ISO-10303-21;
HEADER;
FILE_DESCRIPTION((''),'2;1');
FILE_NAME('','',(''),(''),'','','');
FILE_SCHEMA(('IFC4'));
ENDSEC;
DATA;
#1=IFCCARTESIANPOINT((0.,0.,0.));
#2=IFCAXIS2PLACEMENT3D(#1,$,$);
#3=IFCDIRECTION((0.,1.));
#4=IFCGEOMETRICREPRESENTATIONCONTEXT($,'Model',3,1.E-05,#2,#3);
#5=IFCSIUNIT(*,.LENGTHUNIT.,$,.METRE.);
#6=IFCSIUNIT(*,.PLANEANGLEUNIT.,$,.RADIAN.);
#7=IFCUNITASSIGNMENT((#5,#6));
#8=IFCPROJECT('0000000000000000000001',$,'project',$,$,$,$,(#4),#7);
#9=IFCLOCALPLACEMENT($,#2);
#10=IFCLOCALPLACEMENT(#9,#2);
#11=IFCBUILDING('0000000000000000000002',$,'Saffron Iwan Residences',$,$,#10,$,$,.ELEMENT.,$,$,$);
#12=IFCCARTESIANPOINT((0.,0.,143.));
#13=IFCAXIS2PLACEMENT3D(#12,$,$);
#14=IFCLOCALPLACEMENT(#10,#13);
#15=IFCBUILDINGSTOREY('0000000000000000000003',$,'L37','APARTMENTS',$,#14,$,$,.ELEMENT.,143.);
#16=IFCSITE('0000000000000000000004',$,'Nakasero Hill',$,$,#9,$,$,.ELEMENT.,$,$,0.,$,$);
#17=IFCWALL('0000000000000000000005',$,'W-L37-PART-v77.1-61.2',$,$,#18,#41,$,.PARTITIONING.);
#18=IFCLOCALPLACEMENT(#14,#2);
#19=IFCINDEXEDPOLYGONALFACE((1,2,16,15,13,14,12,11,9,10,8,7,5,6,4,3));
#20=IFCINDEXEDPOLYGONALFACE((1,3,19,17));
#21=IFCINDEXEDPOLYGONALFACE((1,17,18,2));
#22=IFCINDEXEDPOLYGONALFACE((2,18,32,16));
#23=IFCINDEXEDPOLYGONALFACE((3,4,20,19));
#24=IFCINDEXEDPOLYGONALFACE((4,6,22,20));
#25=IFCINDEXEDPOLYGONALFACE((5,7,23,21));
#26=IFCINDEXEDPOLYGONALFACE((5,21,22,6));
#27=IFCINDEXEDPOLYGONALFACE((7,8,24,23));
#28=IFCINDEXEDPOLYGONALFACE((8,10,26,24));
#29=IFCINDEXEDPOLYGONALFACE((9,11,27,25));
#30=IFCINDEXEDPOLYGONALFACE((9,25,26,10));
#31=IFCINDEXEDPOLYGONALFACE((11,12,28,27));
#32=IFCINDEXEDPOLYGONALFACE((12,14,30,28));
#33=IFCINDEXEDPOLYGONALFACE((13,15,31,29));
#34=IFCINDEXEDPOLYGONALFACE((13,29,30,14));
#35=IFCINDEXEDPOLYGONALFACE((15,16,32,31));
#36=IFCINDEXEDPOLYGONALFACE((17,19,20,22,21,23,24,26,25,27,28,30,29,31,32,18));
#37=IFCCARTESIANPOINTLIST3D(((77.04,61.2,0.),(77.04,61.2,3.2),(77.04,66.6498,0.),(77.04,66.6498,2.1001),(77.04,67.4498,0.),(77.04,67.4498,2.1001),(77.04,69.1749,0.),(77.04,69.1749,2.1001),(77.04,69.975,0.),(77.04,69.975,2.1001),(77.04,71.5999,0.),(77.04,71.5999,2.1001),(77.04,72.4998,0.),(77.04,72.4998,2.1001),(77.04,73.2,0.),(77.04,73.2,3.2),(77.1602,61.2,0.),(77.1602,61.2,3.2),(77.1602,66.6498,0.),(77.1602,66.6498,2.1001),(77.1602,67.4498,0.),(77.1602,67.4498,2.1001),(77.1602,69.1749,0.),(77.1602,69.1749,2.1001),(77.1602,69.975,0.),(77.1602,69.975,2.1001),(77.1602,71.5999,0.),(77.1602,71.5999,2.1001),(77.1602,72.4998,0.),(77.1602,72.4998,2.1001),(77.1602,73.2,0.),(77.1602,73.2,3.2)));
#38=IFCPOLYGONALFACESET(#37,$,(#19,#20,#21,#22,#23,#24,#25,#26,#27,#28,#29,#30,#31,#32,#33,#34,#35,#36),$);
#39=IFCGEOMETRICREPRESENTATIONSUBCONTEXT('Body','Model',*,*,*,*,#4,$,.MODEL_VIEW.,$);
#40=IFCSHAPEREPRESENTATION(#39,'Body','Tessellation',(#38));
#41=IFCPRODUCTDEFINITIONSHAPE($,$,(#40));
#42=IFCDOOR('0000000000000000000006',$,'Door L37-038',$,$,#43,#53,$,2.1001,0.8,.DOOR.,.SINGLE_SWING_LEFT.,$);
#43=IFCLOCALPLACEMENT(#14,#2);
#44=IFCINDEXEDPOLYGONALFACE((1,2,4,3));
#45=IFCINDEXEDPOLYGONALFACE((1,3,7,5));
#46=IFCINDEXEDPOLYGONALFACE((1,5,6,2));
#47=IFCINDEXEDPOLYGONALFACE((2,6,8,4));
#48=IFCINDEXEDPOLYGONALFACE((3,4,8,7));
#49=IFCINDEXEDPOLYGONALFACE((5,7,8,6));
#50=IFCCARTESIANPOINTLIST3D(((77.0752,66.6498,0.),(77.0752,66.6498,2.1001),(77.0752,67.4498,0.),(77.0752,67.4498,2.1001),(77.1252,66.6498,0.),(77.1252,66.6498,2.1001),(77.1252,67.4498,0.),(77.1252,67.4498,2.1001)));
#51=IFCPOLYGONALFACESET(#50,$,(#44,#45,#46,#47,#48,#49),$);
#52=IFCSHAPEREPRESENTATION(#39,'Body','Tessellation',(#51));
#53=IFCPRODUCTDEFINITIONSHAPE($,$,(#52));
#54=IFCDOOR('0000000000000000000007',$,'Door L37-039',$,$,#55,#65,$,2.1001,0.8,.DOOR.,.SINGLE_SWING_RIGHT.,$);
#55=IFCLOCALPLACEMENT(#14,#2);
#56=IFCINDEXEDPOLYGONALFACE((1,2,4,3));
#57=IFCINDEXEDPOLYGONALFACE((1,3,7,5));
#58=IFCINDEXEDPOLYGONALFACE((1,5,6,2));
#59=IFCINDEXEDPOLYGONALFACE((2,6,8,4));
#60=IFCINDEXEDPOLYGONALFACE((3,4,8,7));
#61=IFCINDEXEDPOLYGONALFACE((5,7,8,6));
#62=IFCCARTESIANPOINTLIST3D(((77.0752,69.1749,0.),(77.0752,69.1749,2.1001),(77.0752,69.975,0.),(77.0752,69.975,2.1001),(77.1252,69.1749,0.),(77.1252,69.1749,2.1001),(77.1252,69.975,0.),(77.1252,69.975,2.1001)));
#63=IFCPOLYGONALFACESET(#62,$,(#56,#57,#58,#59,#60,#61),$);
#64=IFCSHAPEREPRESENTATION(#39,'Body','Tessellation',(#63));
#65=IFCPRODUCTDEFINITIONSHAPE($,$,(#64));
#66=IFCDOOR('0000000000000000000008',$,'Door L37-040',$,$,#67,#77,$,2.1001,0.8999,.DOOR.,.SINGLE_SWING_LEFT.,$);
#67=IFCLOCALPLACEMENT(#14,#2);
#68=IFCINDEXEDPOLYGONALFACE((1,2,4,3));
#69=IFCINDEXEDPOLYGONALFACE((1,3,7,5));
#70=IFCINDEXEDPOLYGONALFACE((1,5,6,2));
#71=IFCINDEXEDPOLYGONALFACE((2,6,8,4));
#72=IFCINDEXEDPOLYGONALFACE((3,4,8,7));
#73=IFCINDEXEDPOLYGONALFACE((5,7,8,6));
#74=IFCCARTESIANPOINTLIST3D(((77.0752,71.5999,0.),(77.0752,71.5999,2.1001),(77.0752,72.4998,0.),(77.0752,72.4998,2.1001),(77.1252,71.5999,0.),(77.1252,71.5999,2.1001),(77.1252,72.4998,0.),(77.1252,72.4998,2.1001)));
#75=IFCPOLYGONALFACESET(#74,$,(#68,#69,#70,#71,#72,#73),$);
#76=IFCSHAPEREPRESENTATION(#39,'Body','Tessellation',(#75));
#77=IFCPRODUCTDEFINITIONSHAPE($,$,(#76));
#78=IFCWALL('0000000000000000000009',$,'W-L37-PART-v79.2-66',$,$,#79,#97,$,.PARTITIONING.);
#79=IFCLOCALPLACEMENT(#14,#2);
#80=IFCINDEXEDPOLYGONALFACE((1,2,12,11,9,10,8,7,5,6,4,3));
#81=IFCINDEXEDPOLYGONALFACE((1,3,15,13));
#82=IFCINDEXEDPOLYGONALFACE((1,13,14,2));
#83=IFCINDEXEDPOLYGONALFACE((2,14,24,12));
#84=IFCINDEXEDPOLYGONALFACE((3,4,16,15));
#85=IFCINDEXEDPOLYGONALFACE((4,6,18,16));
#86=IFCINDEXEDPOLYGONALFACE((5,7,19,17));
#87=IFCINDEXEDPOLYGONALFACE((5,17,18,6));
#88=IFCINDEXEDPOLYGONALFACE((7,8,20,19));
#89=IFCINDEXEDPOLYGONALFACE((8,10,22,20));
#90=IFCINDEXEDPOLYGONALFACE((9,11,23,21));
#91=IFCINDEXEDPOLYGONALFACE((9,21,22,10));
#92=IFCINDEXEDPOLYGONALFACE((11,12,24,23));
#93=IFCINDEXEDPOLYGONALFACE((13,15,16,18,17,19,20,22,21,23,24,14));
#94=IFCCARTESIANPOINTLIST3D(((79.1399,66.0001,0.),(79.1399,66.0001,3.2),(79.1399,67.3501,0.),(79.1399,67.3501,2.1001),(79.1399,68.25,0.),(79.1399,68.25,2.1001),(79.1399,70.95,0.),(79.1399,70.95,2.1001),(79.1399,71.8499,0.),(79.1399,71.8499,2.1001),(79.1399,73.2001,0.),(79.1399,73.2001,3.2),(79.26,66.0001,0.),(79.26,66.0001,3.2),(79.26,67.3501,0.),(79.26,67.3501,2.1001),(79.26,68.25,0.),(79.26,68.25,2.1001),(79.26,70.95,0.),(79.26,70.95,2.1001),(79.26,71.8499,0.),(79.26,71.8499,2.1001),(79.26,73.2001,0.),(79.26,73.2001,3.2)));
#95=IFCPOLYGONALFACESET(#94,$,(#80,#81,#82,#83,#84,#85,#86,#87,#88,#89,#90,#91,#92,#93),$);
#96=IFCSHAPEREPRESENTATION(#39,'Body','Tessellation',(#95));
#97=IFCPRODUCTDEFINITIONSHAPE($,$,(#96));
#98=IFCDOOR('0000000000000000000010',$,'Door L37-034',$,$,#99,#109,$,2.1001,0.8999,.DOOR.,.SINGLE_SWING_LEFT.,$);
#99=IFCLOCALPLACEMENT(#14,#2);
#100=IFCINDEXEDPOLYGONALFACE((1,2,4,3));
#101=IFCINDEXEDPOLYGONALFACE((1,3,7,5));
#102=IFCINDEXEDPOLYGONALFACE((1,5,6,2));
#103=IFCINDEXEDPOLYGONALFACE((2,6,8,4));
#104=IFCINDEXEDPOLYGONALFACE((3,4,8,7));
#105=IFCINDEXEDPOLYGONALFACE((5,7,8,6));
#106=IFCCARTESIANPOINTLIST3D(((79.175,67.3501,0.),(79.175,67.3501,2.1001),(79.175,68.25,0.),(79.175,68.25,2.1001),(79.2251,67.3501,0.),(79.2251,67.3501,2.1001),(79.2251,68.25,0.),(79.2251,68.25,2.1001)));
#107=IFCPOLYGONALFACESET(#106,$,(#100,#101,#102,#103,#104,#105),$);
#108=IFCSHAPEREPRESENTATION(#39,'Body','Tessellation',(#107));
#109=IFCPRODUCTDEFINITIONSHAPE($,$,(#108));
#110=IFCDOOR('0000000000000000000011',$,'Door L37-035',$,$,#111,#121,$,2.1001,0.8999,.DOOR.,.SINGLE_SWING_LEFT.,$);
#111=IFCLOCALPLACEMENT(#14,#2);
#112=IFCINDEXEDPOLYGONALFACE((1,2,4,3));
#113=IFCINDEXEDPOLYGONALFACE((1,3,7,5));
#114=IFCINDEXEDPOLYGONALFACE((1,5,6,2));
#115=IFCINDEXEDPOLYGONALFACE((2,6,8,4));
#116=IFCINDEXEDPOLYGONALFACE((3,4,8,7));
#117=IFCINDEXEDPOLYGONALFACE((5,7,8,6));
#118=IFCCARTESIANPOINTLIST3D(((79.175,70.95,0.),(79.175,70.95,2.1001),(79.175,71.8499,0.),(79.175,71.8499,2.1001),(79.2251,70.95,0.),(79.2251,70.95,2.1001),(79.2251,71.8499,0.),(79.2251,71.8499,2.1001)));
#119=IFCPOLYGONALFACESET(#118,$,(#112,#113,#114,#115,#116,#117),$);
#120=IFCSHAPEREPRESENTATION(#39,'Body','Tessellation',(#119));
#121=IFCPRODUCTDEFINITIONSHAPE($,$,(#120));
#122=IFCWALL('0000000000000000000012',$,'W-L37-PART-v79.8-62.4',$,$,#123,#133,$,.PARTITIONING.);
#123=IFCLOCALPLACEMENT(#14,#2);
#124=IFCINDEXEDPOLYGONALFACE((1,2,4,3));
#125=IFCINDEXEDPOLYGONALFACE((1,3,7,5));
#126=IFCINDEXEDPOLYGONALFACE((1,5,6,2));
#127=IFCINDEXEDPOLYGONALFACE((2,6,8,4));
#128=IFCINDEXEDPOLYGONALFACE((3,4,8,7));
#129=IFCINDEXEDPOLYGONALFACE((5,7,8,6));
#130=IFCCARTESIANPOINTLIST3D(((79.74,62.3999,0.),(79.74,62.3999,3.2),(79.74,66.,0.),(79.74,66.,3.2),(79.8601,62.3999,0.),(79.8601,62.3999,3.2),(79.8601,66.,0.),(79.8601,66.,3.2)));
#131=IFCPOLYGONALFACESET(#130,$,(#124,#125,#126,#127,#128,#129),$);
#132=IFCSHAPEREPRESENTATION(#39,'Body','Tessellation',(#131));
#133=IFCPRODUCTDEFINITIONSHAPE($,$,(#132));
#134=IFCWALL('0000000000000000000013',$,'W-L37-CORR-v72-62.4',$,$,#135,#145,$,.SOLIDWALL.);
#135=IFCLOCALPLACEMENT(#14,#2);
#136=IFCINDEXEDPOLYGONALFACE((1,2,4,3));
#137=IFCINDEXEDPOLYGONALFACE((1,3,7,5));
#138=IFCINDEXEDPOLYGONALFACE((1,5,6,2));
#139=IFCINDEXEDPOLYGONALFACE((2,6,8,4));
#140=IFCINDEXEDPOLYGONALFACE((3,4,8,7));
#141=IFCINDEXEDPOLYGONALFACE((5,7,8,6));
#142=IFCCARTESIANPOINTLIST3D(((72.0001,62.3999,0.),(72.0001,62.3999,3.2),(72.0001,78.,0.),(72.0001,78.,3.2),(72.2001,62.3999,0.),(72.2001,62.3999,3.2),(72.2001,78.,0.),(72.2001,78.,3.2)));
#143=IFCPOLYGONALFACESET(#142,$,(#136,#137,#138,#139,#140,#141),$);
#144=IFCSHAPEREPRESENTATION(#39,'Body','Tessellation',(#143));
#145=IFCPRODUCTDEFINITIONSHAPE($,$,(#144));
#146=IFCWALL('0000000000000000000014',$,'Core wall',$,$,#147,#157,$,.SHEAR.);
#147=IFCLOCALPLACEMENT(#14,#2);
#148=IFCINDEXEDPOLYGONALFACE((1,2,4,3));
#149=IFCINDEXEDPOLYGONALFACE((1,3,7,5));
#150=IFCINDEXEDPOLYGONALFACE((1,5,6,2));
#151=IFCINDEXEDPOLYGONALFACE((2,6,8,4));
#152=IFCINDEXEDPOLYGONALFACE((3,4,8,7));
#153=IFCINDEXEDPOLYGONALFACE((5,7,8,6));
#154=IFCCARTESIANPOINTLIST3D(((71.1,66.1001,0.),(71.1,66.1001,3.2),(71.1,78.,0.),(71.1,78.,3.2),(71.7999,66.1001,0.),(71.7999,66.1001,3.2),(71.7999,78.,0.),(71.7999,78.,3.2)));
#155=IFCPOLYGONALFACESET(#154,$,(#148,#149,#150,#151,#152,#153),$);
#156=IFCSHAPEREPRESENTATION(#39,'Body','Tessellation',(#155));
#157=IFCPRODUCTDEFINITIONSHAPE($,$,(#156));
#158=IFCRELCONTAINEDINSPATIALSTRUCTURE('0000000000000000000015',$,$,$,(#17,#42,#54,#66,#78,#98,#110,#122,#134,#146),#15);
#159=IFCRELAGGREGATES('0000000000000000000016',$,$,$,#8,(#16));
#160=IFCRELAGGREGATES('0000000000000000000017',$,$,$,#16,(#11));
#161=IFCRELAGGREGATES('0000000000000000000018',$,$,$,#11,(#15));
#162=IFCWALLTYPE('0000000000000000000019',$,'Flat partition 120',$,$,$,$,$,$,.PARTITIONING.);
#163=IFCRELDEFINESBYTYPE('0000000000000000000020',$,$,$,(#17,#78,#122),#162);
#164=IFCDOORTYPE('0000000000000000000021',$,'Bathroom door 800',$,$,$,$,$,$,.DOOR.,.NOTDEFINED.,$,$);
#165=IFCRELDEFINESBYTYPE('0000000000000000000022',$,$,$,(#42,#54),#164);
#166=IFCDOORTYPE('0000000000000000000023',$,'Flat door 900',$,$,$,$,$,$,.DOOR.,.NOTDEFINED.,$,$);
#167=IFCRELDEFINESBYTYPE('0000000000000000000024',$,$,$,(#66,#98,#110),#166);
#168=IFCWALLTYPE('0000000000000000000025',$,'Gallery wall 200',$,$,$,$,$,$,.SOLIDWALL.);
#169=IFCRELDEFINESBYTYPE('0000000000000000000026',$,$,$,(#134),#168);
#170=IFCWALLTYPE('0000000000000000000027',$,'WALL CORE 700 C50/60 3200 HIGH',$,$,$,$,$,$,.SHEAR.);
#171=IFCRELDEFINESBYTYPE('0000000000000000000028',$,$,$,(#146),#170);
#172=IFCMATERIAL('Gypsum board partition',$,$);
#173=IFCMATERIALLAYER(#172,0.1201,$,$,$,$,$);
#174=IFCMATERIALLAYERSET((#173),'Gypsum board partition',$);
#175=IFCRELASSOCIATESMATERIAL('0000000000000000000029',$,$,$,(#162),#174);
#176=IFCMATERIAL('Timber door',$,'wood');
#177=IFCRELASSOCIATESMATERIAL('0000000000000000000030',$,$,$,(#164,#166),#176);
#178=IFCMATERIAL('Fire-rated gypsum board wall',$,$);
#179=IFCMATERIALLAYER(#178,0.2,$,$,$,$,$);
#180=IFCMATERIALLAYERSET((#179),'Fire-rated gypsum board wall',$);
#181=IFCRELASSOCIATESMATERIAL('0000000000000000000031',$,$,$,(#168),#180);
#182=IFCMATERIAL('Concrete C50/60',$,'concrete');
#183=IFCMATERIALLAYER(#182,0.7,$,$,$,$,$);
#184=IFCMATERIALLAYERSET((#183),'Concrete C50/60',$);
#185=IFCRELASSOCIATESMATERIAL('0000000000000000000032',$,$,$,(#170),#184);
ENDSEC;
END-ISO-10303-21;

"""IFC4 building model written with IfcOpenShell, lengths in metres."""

from ifc_helpers import new_model, si_unit, direction, frame, frame_2d, origin, place, context, subcontext, project, spatial, rectangle, extrude, material, layer, layer_set, type_object, element, fill, save


model = new_model("IFC4")

# Units and contexts
model_context = context("Model", 3, precision=1e-05, world=origin(), true_north=direction((0.0, 1.0)))
body_context = subcontext(model_context, "Body", "Model", "MODEL_VIEW")
ifc_project = project(units=[si_unit("LENGTHUNIT", "METRE"), si_unit("PLANEANGLEUNIT", "RADIAN")], contexts=[model_context])

# Site, building, storey
site_placement = place(None, origin())
site = spatial("IfcSite", under=ifc_project, at=site_placement, Name="Nakasero Hill", CompositionType="ELEMENT", RefElevation=0.0)
building_placement = place(site_placement, origin())
building = spatial("IfcBuilding", under=site, at=building_placement, Name="Saffron Iwan Residences", CompositionType="ELEMENT")
storey_placement = place(building_placement, frame((0.0, 0.0, 143.0)))
storey = spatial("IfcBuildingStorey", under=building, at=storey_placement, Name="L37", Description="APARTMENTS", CompositionType="ELEMENT", Elevation=143.0)

# Shared definitions
ifc_material_1 = material(Name="Concrete C50/60", Category="concrete")

# Shared definitions
ifc_material_2 = material(Name="Gypsum board partition")
ifc_layer_1 = layer(ifc_material_2, 0.1201)
ifc_layer_set_1 = layer_set([ifc_layer_1], Name="Gypsum board partition")
wall_type_1 = type_object("IfcWallType", Name="Flat partition 120", PredefinedType="PARTITIONING", material=ifc_layer_set_1)
ifc_material_3 = material(Name="Timber door", Category="wood")
door_type_1 = type_object("IfcDoorType", Name="Bathroom door 800", OperationType="NOTDEFINED", PredefinedType="DOOR", material=ifc_material_3)

# Walls, openings, doors
wall_1_placement = place(storey_placement, frame((77.1001, 61.2, 0.0), z_axis=(0.0, 0.0, 1.0), x_axis=(0.0, 1.0, 0.0)))
wall_1 = element("IfcWall", 1, at=wall_1_placement, inside=storey, type_object=wall_type_1, Name="W-L37-PART-v77.1-61.2", PredefinedType="PARTITIONING", context=body_context, shape_type="SweptSolid", body=[
    extrude(rectangle(XDim=12.0, YDim=0.1201, at=frame_2d((6.0, 0.0))), origin(), (0.0, 0.0, 1.0), 3.2),
])
opening_1_placement = place(wall_1_placement, frame((5.45, 0.0, 0.0)))
opening_1 = element("IfcOpeningElement", 2, at=opening_1_placement, cuts=wall_1, PredefinedType="OPENING", context=body_context, shape_type="SweptSolid", body=[
    extrude(rectangle(XDim=0.8, YDim=2.1001, at=frame_2d((0.3999, 1.05))), frame((0.0, 0.0701, 0.0), z_axis=(0.0, -1.0, 0.0), x_axis=(1.0, 0.0, 0.0)), (0.0, 0.0, 1.0), 0.1401),
])
opening_2_placement = place(wall_1_placement, frame((7.9751, 0.0, 0.0)))
opening_2 = element("IfcOpeningElement", 3, at=opening_2_placement, cuts=wall_1, PredefinedType="OPENING", context=body_context, shape_type="SweptSolid", body=[
    extrude(rectangle(XDim=0.8, YDim=2.1001, at=frame_2d((0.3999, 1.05))), frame((0.0, 0.0701, 0.0), z_axis=(0.0, -1.0, 0.0), x_axis=(1.0, 0.0, 0.0)), (0.0, 0.0, 1.0), 0.1401),
])
opening_3_placement = place(wall_1_placement, frame((10.3999, 0.0, 0.0)))
opening_3 = element("IfcOpeningElement", 4, at=opening_3_placement, cuts=wall_1, PredefinedType="OPENING", context=body_context, shape_type="SweptSolid", body=[
    extrude(rectangle(XDim=0.8999, YDim=2.1001, at=frame_2d((0.45, 1.05))), frame((0.0, 0.0701, 0.0), z_axis=(0.0, -1.0, 0.0), x_axis=(1.0, 0.0, 0.0)), (0.0, 0.0, 1.0), 0.1401),
])
door_1_placement = place(opening_1_placement, origin())
door_1 = element("IfcDoor", 5, at=door_1_placement, inside=storey, type_object=door_type_1, Name="Door L37-038", OperationType="SINGLE_SWING_LEFT", OverallHeight=2.1001, OverallWidth=0.8, PredefinedType="DOOR", context=body_context, shape_type="SweptSolid", body=[
    extrude(rectangle(XDim=0.8, YDim=2.1001, at=frame_2d((0.3999, 1.05))), frame((0.0, 0.0249, 0.0), z_axis=(0.0, -1.0, 0.0), x_axis=(1.0, 0.0, 0.0)), (0.0, 0.0, 1.0), 0.05),
])
fill(opening_1, door_1)
door_2_placement = place(opening_2_placement, origin())
door_2 = element("IfcDoor", 6, at=door_2_placement, inside=storey, type_object=door_type_1, Name="Door L37-039", OperationType="SINGLE_SWING_RIGHT", OverallHeight=2.1001, OverallWidth=0.8, PredefinedType="DOOR", context=body_context, shape_type="SweptSolid", body=[
    extrude(rectangle(XDim=0.8, YDim=2.1001, at=frame_2d((0.3999, 1.05))), frame((0.0, 0.0249, 0.0), z_axis=(0.0, -1.0, 0.0), x_axis=(1.0, 0.0, 0.0)), (0.0, 0.0, 1.0), 0.05),
])
fill(opening_2, door_2)
door_type_2 = type_object("IfcDoorType", Name="Flat door 900", OperationType="NOTDEFINED", PredefinedType="DOOR", material=ifc_material_3)
door_3_placement = place(opening_3_placement, origin())
door_3 = element("IfcDoor", 7, at=door_3_placement, inside=storey, type_object=door_type_2, Name="Door L37-040", OperationType="SINGLE_SWING_LEFT", OverallHeight=2.1001, OverallWidth=0.8999, PredefinedType="DOOR", context=body_context, shape_type="SweptSolid", body=[
    extrude(rectangle(XDim=0.8999, YDim=2.1001, at=frame_2d((0.45, 1.05))), frame((0.0, 0.0249, 0.0), z_axis=(0.0, -1.0, 0.0), x_axis=(1.0, 0.0, 0.0)), (0.0, 0.0, 1.0), 0.05),
])
fill(opening_3, door_3)
wall_2_placement = place(storey_placement, frame((79.2, 66.0, 0.0), z_axis=(0.0, 0.0, 1.0), x_axis=(0.0, 1.0, 0.0)))
wall_2 = element("IfcWall", 8, at=wall_2_placement, inside=storey, type_object=wall_type_1, Name="W-L37-PART-v79.2-66", PredefinedType="PARTITIONING", context=body_context, shape_type="SweptSolid", body=[
    extrude(rectangle(XDim=7.2, YDim=0.1201, at=frame_2d((3.6001, 0.0))), origin(), (0.0, 0.0, 1.0), 3.2),
])
opening_4_placement = place(wall_2_placement, frame((1.3501, 0.0, 0.0)))
opening_4 = element("IfcOpeningElement", 9, at=opening_4_placement, cuts=wall_2, PredefinedType="OPENING", context=body_context, shape_type="SweptSolid", body=[
    extrude(rectangle(XDim=0.8999, YDim=2.1001, at=frame_2d((0.45, 1.05))), frame((0.0, 0.0701, 0.0), z_axis=(0.0, -1.0, 0.0), x_axis=(1.0, 0.0, 0.0)), (0.0, 0.0, 1.0), 0.1401),
])
opening_5_placement = place(wall_2_placement, frame((4.95, 0.0, 0.0)))
opening_5 = element("IfcOpeningElement", 10, at=opening_5_placement, cuts=wall_2, PredefinedType="OPENING", context=body_context, shape_type="SweptSolid", body=[
    extrude(rectangle(XDim=0.8999, YDim=2.1001, at=frame_2d((0.45, 1.05))), frame((0.0, 0.0701, 0.0), z_axis=(0.0, -1.0, 0.0), x_axis=(1.0, 0.0, 0.0)), (0.0, 0.0, 1.0), 0.1401),
])
door_4_placement = place(opening_4_placement, origin())
door_4 = element("IfcDoor", 11, at=door_4_placement, inside=storey, type_object=door_type_2, Name="Door L37-034", OperationType="SINGLE_SWING_LEFT", OverallHeight=2.1001, OverallWidth=0.8999, PredefinedType="DOOR", context=body_context, shape_type="SweptSolid", body=[
    extrude(rectangle(XDim=0.8999, YDim=2.1001, at=frame_2d((0.45, 1.05))), frame((0.0, 0.0249, 0.0), z_axis=(0.0, -1.0, 0.0), x_axis=(1.0, 0.0, 0.0)), (0.0, 0.0, 1.0), 0.05),
])
fill(opening_4, door_4)
door_5_placement = place(opening_5_placement, origin())
door_5 = element("IfcDoor", 12, at=door_5_placement, inside=storey, type_object=door_type_2, Name="Door L37-035", OperationType="SINGLE_SWING_LEFT", OverallHeight=2.1001, OverallWidth=0.8999, PredefinedType="DOOR", context=body_context, shape_type="SweptSolid", body=[
    extrude(rectangle(XDim=0.8999, YDim=2.1001, at=frame_2d((0.45, 1.05))), frame((0.0, 0.0249, 0.0), z_axis=(0.0, -1.0, 0.0), x_axis=(1.0, 0.0, 0.0)), (0.0, 0.0, 1.0), 0.05),
])
fill(opening_5, door_5)

# Walls
wall_3_placement = place(storey_placement, frame((79.8, 62.3999, 0.0), z_axis=(0.0, 0.0, 1.0), x_axis=(0.0, 1.0, 0.0)))
element("IfcWall", 13, at=wall_3_placement, inside=storey, type_object=wall_type_1, Name="W-L37-PART-v79.8-62.4", PredefinedType="PARTITIONING", context=body_context, shape_type="SweptSolid", body=[
    extrude(rectangle(XDim=3.6001, YDim=0.1201, at=frame_2d((1.8, 0.0))), origin(), (0.0, 0.0, 1.0), 3.2),
])
ifc_material_4 = material(Name="Fire-rated gypsum board wall")
ifc_layer_2 = layer(ifc_material_4, 0.2)
ifc_layer_set_2 = layer_set([ifc_layer_2], Name="Fire-rated gypsum board wall")
wall_type_2 = type_object("IfcWallType", Name="Gallery wall 200", PredefinedType="SOLIDWALL", material=ifc_layer_set_2)
wall_4_placement = place(storey_placement, frame((72.1001, 62.3999, 0.0), z_axis=(0.0, 0.0, 1.0), x_axis=(0.0, 1.0, 0.0)))
element("IfcWall", 14, at=wall_4_placement, inside=storey, type_object=wall_type_2, Name="W-L37-CORR-v72-62.4", PredefinedType="SOLIDWALL", context=body_context, shape_type="SweptSolid", body=[
    extrude(rectangle(XDim=15.6001, YDim=0.2, at=frame_2d((7.8, 0.0))), origin(), (0.0, 0.0, 1.0), 3.2),
])
ifc_layer_3 = layer(ifc_material_1, 0.7)
ifc_layer_set_3 = layer_set([ifc_layer_3], Name="Concrete C50/60")
wall_type_3 = type_object("IfcWallType", Name="WALL CORE 700 C50/60 3200 HIGH", PredefinedType="SHEAR", material=ifc_layer_set_3)
wall_5_placement = place(storey_placement, frame((71.45, 66.1001, 0.0), z_axis=(0.0, 0.0, 1.0), x_axis=(0.0, 1.0, 0.0)))
element("IfcWall", 15, at=wall_5_placement, inside=storey, type_object=wall_type_3, Name="Core wall", PredefinedType="SHEAR", context=body_context, shape_type="SweptSolid", body=[
    extrude(rectangle(XDim=11.8999, YDim=0.7, at=frame_2d((5.95, 0.0))), origin(), (0.0, 0.0, 1.0), 3.2),
])

save(model, "model.ifc")
